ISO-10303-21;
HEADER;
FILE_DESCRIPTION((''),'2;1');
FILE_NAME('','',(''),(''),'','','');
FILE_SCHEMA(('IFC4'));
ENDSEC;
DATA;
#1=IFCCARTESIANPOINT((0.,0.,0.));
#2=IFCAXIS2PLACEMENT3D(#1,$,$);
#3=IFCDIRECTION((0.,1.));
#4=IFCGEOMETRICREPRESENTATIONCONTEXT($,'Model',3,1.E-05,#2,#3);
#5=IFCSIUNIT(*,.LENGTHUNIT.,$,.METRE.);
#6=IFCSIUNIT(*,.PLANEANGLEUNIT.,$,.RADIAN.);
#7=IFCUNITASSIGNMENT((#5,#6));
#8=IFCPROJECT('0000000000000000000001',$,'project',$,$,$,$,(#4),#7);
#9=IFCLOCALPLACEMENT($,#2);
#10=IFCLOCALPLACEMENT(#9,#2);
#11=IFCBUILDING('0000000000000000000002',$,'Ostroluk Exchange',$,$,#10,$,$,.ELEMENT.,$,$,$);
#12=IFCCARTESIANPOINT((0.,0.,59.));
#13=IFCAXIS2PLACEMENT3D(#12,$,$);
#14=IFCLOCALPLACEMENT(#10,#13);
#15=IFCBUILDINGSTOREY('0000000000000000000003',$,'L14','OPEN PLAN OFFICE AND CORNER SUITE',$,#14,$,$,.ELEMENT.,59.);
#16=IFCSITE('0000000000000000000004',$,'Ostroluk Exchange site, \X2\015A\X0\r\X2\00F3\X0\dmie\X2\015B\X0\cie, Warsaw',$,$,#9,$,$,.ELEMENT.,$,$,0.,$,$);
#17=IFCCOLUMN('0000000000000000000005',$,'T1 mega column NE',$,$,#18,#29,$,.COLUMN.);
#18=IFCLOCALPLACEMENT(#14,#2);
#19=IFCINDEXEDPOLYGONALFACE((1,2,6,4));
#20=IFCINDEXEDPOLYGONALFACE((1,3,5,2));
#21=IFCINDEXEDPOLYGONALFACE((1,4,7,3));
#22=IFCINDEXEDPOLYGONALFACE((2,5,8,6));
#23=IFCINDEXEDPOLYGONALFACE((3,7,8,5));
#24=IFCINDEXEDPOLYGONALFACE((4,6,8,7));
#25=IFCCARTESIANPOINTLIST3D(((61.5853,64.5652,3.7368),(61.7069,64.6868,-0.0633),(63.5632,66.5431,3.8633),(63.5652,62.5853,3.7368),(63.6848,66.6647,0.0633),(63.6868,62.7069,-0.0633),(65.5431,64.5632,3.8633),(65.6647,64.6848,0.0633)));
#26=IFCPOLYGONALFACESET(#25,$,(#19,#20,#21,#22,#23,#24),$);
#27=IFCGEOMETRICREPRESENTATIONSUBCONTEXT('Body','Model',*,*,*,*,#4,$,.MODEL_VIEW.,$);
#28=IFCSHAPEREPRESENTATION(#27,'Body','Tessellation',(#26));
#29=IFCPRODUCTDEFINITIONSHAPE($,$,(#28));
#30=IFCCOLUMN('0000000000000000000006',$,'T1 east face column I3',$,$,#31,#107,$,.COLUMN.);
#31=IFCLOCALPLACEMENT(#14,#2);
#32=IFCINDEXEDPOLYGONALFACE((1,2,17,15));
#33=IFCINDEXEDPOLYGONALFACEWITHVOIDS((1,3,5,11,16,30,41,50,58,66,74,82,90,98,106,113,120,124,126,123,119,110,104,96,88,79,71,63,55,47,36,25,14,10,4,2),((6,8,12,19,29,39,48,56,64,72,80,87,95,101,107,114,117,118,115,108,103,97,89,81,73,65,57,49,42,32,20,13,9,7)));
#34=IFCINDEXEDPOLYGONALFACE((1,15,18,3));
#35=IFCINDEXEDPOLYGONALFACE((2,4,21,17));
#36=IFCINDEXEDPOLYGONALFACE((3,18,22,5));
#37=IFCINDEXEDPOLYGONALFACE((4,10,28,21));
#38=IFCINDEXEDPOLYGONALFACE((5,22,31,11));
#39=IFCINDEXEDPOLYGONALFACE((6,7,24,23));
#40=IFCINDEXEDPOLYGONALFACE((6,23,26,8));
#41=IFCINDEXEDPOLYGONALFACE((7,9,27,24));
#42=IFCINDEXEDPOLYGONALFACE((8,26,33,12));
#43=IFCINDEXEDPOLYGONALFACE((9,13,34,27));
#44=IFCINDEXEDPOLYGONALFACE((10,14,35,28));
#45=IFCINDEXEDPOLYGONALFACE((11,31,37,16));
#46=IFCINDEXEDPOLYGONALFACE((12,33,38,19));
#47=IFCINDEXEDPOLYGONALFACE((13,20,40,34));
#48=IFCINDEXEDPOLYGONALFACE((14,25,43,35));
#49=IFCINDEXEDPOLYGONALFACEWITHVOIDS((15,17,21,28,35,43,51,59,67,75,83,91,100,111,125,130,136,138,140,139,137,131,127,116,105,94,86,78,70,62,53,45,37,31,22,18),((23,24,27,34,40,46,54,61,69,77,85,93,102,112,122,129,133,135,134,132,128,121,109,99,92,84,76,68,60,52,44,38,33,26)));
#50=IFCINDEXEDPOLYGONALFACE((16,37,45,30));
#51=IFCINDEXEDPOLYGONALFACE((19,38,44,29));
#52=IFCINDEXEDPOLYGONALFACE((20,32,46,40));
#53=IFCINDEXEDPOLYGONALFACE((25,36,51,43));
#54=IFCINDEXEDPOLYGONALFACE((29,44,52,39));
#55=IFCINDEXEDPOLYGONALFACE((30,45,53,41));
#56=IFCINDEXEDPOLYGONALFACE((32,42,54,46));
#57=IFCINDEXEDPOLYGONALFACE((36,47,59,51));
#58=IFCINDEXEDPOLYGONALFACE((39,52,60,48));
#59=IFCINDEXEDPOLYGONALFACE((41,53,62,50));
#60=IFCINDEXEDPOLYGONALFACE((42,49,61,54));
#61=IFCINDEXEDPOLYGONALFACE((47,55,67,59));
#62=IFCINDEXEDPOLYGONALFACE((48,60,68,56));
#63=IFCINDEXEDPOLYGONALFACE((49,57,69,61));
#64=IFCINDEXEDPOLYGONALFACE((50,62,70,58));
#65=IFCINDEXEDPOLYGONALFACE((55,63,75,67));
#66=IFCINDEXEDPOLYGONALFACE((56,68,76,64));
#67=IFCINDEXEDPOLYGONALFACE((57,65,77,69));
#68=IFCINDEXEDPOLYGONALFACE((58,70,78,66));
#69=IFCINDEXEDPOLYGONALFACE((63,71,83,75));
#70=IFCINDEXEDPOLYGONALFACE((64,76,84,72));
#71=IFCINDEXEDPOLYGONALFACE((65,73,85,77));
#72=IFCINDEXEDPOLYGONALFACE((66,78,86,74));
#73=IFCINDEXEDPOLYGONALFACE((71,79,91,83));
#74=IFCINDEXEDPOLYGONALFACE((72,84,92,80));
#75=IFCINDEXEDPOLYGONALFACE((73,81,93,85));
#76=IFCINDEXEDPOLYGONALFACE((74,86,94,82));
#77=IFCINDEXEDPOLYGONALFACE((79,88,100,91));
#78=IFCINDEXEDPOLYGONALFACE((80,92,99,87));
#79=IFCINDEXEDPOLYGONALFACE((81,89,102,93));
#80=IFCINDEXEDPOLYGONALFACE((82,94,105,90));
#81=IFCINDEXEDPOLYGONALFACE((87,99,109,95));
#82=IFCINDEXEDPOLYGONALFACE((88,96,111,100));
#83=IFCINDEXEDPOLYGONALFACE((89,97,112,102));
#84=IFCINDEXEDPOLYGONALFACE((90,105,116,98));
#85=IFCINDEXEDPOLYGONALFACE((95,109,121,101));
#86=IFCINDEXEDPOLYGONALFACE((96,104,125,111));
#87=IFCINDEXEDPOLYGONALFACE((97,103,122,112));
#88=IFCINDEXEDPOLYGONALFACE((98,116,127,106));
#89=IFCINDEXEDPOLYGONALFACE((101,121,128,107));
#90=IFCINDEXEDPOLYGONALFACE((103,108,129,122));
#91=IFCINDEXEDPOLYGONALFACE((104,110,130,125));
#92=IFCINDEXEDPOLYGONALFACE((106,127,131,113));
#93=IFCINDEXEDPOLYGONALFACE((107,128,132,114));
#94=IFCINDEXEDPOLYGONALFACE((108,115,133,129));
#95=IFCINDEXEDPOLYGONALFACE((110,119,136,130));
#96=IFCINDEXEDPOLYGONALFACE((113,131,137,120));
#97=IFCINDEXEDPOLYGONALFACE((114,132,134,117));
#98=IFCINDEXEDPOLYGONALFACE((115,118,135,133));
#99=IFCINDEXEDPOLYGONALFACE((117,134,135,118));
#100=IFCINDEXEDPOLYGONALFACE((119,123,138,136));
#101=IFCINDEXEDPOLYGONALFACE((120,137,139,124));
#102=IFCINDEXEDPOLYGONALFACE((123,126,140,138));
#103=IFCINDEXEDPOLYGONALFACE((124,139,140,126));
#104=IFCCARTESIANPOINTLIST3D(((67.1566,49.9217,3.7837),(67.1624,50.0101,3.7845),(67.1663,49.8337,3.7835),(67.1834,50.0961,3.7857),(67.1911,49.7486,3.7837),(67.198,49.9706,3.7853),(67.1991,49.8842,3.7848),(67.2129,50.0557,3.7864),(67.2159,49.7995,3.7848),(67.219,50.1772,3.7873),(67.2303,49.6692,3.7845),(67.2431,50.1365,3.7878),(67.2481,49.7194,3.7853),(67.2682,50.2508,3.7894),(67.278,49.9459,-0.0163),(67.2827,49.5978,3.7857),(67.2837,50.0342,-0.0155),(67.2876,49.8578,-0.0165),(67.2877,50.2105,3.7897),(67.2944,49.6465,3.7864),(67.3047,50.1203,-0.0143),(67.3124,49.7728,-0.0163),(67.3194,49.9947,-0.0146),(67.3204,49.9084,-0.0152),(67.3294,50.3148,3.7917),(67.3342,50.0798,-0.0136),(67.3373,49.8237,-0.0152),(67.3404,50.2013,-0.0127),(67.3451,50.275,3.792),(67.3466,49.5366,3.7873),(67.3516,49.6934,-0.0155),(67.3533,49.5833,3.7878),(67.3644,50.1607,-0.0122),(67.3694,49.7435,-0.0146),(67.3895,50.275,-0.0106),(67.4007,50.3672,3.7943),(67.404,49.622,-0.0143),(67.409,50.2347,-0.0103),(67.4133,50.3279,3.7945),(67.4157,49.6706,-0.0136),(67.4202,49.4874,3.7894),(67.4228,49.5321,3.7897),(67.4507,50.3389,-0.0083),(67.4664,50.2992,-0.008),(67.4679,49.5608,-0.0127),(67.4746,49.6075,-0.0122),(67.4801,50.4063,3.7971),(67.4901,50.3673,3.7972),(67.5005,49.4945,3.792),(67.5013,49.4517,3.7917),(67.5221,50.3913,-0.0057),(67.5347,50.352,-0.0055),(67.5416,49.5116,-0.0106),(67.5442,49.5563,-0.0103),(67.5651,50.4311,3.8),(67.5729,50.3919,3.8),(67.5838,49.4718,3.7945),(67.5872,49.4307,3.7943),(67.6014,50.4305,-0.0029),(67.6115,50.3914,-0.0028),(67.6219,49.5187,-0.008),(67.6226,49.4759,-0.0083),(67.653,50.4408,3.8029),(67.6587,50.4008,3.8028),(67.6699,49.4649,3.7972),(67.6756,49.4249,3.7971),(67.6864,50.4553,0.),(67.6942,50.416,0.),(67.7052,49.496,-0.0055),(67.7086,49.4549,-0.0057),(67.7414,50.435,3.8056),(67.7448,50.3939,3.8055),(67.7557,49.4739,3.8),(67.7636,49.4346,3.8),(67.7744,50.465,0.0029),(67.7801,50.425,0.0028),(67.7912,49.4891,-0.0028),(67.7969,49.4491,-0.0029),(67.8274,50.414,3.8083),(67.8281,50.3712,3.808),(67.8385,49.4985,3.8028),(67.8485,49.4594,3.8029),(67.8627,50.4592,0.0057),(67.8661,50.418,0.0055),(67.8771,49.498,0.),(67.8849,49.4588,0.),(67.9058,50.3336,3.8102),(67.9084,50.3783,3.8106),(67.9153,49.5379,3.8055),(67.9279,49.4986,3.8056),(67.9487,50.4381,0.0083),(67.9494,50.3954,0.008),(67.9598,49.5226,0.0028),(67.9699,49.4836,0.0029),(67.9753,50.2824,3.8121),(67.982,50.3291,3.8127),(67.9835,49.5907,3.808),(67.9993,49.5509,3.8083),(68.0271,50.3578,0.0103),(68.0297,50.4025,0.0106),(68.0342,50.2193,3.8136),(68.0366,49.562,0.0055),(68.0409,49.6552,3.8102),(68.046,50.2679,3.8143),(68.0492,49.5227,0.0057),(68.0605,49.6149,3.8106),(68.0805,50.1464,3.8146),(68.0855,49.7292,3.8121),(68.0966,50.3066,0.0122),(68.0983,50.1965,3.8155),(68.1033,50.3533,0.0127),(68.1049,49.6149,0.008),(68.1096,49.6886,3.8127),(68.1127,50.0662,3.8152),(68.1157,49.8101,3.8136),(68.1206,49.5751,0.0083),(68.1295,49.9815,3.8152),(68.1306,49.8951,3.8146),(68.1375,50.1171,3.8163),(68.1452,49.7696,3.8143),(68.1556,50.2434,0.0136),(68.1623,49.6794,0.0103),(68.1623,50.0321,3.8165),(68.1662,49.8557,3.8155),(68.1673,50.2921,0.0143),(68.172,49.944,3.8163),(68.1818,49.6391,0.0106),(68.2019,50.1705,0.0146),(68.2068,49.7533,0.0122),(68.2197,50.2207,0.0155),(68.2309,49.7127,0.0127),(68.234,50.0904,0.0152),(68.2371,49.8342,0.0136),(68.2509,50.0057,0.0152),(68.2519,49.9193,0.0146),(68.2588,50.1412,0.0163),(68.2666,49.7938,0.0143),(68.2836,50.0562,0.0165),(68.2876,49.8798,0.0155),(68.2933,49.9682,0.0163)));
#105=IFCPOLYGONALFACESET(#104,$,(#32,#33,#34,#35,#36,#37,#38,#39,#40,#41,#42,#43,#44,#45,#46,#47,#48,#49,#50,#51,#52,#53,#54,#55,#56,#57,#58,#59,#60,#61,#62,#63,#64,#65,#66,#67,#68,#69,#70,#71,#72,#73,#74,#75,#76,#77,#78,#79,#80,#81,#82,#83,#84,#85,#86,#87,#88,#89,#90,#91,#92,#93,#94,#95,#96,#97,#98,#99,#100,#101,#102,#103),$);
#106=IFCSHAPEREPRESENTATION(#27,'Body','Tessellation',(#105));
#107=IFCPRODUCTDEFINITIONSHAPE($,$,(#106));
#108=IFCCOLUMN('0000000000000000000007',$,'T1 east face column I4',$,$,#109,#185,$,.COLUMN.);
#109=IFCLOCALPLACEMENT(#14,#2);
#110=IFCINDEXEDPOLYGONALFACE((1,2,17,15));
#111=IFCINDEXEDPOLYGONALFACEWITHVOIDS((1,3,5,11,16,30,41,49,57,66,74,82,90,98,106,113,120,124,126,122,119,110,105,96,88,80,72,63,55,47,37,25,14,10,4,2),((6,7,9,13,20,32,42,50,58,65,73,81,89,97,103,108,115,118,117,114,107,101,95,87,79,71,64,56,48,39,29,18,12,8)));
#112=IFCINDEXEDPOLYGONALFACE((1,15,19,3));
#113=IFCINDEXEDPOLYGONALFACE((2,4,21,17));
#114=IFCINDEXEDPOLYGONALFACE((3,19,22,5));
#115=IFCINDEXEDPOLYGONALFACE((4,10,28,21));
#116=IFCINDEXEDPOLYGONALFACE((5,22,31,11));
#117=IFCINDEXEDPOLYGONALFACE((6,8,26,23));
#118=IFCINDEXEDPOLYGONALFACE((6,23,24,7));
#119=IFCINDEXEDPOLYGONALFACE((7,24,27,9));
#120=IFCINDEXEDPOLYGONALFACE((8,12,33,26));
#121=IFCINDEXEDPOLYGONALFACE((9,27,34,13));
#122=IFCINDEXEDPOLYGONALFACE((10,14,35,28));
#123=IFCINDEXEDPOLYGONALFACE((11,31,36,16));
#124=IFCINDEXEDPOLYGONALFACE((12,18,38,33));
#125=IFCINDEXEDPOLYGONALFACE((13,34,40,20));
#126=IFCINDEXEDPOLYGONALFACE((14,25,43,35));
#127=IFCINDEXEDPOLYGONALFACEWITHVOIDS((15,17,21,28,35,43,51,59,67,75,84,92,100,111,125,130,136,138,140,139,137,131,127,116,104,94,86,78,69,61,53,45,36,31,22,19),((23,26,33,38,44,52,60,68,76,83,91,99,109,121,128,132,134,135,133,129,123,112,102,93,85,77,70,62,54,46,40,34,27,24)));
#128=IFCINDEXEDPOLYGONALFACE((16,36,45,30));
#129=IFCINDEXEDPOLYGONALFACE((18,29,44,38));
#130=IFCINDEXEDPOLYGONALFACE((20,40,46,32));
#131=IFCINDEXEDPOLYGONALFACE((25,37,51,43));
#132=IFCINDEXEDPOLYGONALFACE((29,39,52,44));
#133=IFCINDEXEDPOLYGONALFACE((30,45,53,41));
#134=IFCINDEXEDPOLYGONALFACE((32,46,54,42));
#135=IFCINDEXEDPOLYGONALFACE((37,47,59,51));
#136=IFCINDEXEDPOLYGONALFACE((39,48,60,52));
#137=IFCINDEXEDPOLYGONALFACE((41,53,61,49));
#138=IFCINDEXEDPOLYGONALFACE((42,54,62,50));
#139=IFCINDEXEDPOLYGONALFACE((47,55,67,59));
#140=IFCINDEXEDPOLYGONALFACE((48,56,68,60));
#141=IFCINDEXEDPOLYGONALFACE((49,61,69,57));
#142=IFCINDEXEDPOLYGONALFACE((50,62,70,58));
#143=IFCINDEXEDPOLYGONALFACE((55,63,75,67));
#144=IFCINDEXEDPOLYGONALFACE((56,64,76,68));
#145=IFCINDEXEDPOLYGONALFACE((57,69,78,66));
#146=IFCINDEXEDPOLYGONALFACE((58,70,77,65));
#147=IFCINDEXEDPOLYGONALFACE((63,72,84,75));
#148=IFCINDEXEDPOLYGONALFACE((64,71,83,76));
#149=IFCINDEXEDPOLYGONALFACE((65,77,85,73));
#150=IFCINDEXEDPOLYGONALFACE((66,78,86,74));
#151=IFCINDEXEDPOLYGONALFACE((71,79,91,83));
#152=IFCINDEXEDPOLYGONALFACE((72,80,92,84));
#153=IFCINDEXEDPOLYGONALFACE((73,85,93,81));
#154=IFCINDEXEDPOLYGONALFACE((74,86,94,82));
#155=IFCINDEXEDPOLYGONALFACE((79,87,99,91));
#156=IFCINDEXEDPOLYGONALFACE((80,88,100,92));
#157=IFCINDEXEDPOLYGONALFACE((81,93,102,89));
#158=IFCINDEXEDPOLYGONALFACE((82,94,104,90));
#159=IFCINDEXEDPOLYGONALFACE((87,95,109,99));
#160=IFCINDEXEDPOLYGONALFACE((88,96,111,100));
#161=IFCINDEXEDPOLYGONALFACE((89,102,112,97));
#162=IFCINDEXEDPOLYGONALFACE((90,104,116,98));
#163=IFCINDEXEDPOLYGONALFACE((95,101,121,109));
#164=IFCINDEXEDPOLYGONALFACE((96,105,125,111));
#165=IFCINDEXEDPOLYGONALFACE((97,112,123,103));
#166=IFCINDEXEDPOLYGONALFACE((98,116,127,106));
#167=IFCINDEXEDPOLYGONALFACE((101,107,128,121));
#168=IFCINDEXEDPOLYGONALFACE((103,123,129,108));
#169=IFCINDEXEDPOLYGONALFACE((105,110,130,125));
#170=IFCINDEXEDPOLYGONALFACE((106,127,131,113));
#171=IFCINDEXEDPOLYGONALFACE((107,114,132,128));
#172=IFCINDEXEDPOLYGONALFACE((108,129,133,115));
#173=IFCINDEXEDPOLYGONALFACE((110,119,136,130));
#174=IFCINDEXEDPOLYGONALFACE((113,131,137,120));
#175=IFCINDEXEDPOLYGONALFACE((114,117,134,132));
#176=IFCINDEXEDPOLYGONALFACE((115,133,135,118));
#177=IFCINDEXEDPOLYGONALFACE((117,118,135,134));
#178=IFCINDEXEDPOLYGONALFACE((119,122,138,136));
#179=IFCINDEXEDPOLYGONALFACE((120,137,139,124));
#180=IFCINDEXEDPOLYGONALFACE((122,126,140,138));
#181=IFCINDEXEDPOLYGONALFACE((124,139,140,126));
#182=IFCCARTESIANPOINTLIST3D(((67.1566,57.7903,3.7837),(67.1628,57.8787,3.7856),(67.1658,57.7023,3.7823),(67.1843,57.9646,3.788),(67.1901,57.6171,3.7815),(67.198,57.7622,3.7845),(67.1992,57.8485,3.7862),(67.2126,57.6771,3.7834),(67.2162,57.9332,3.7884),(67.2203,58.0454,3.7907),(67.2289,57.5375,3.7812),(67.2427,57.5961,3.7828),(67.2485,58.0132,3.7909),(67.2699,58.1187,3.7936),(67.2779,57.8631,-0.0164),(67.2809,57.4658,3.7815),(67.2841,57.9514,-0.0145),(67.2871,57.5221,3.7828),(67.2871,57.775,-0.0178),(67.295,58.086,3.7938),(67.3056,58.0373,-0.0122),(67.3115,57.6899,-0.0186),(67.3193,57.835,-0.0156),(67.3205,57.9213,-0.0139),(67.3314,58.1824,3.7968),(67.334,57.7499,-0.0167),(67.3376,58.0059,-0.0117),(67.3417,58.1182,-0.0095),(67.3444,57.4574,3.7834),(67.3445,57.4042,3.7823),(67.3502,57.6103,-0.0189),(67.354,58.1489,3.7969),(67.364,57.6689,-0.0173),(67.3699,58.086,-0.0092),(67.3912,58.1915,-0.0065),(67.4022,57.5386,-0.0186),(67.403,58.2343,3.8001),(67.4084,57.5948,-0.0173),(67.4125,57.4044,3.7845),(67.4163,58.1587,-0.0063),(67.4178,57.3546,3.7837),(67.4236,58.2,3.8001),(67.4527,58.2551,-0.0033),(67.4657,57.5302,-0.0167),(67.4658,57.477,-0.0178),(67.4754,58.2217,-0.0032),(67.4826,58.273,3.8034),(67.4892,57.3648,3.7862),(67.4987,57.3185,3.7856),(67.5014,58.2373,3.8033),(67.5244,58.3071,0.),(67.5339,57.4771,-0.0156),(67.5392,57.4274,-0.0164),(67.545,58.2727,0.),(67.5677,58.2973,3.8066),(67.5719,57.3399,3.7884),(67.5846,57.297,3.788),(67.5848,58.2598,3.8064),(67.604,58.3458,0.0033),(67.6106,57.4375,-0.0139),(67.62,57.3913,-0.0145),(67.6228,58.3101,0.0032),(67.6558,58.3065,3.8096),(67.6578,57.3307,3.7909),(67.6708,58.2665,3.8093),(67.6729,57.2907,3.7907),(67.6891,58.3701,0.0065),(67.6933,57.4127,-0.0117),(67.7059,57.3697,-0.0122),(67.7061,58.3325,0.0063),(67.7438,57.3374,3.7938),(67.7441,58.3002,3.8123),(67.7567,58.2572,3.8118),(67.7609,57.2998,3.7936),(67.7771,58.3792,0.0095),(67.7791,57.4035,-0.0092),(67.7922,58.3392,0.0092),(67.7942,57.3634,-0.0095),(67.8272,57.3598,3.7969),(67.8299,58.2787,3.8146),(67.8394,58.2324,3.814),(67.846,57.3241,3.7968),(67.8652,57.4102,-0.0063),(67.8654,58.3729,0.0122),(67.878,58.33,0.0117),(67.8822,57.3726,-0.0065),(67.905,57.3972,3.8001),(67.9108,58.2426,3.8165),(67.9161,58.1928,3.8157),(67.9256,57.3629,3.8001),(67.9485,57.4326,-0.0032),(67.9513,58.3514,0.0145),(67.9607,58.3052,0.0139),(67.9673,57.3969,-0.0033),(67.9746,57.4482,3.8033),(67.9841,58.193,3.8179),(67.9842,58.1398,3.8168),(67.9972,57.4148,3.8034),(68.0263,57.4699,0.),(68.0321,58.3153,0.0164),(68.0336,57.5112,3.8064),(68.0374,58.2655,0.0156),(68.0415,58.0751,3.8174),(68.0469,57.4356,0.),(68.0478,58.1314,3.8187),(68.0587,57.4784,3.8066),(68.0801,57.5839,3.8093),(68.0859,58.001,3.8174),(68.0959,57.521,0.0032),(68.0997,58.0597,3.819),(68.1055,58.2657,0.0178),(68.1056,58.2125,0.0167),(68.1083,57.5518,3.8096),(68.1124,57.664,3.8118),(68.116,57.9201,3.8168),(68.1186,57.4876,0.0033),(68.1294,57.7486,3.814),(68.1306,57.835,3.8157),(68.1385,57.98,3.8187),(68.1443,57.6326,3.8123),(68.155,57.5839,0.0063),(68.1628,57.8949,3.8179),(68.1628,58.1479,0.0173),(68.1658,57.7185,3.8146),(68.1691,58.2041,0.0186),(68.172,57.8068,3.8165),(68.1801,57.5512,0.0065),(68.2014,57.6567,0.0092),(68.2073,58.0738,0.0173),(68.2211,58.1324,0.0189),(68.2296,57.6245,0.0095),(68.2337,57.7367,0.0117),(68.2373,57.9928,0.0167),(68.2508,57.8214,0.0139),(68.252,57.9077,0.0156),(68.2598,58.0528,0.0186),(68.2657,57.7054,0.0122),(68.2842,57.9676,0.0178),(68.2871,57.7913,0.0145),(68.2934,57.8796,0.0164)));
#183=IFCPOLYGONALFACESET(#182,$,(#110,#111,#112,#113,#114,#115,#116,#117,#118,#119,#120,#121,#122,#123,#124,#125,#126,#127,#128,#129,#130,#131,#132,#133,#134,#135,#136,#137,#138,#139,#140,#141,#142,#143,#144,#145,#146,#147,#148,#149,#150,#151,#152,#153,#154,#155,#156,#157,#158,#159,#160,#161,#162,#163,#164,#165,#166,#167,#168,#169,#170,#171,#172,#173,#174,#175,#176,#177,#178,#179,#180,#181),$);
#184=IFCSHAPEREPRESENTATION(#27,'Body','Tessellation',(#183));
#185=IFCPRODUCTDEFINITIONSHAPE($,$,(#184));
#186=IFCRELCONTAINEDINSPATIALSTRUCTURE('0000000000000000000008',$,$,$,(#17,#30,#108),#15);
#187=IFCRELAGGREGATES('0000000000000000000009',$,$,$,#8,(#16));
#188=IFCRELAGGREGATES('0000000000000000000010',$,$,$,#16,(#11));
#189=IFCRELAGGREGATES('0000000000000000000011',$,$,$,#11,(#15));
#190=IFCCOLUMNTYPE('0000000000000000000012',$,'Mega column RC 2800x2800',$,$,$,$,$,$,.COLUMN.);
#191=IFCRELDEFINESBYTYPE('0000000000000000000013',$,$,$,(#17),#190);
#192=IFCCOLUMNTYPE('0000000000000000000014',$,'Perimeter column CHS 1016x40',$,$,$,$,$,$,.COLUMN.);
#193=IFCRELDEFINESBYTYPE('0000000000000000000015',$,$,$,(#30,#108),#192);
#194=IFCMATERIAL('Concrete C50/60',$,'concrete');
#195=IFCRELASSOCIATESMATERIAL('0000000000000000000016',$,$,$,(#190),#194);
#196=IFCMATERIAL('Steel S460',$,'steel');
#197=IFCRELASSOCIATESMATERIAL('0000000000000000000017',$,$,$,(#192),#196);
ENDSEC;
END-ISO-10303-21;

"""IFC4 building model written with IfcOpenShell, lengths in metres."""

from ifc_helpers import new_model, si_unit, direction, frame, origin, origin_2d, place, context, subcontext, project, spatial, rectangle, hollow_circle, extrude, material, material_profile, profile_set, type_object, element, save


model = new_model("IFC4")

# Units and contexts
model_context = context("Model", 3, precision=1e-05, world=origin(), true_north=direction((0.0, 1.0)))
body_context = subcontext(model_context, "Body", "Model", "MODEL_VIEW")
ifc_project = project(units=[si_unit("LENGTHUNIT", "METRE"), si_unit("PLANEANGLEUNIT", "RADIAN")], contexts=[model_context])

# Site, building, storey
site_placement = place(None, origin())
site = spatial("IfcSite", under=ifc_project, at=site_placement, Name="Ostroluk Exchange site, Śródmieście, Warsaw", CompositionType="ELEMENT", RefElevation=0.0)
building_placement = place(site_placement, origin())
building = spatial("IfcBuilding", under=site, at=building_placement, Name="Ostroluk Exchange", CompositionType="ELEMENT")
storey_placement = place(building_placement, frame((0.0, 0.0, 59.0)))
storey = spatial("IfcBuildingStorey", under=building, at=storey_placement, Name="L14", Description="OPEN PLAN OFFICE AND CORNER SUITE", CompositionType="ELEMENT", Elevation=59.0)

# Columns
ifc_material_1 = material(Name="Concrete C50/60", Category="concrete")
ifc_material_profile_1 = material_profile(ifc_material_1, rectangle(XDim=2.8, YDim=2.8, at=origin_2d()), Name="RC 2800x2800")
ifc_profile_set_1 = profile_set([ifc_material_profile_1], Name="Concrete C50/60")
column_type_1 = type_object("IfcColumnType", Name="Mega column RC 2800x2800", PredefinedType="COLUMN", material=ifc_profile_set_1)
column_1_placement = place(storey_placement, frame((63.6858, 64.6858, 0.0), z_axis=(-0.031962, -0.031962, 0.998978), x_axis=(0.707107, -0.707107, 0.0)))
element("IfcColumn", 1, at=column_1_placement, inside=storey, type_object=column_type_1, Name="T1 mega column NE", PredefinedType="COLUMN", context=body_context, shape_type="SweptSolid", body=[
    extrude(rectangle(XDim=2.8, YDim=2.8, at=origin_2d()), origin(), (0.0, 0.0, 1.0), 3.804),
])
ifc_material_2 = material(Name="Steel S460", Category="steel")
ifc_material_profile_2 = material_profile(ifc_material_2, hollow_circle(Radius=0.5081, WallThickness=0.04, at=origin_2d()), Name="CHS 1016x40")
ifc_profile_set_2 = profile_set([ifc_material_profile_2], Name="Steel S460")
column_type_2 = type_object("IfcColumnType", Name="Perimeter column CHS 1016x40", PredefinedType="COLUMN", material=ifc_profile_set_2)
column_2_placement = place(storey_placement, frame((67.7856, 49.957, 0.0), z_axis=(-0.031914, -0.006357, 0.99947), x_axis=(0.195357, -0.980732, 0.0)))
element("IfcColumn", 2, at=column_2_placement, inside=storey, type_object=column_type_2, Name="T1 east face column I3", PredefinedType="COLUMN", context=body_context, shape_type="SweptSolid", body=[
    extrude(hollow_circle(Radius=0.5081, WallThickness=0.04, at=origin_2d()), origin(), (0.0, 0.0, 1.0), 3.802),
])
column_3_placement = place(storey_placement, frame((67.7856, 57.8713, 0.0), z_axis=(-0.031909, -0.019132, 0.999308), x_axis=(0.514242, -0.857645, 0.0)))
element("IfcColumn", 3, at=column_3_placement, inside=storey, type_object=column_type_2, Name="T1 east face column I4", PredefinedType="COLUMN", context=body_context, shape_type="SweptSolid", body=[
    extrude(hollow_circle(Radius=0.5081, WallThickness=0.04, at=origin_2d()), origin(), (0.0, 0.0, 1.0), 3.8027),
])

save(model, "model.ifc")
